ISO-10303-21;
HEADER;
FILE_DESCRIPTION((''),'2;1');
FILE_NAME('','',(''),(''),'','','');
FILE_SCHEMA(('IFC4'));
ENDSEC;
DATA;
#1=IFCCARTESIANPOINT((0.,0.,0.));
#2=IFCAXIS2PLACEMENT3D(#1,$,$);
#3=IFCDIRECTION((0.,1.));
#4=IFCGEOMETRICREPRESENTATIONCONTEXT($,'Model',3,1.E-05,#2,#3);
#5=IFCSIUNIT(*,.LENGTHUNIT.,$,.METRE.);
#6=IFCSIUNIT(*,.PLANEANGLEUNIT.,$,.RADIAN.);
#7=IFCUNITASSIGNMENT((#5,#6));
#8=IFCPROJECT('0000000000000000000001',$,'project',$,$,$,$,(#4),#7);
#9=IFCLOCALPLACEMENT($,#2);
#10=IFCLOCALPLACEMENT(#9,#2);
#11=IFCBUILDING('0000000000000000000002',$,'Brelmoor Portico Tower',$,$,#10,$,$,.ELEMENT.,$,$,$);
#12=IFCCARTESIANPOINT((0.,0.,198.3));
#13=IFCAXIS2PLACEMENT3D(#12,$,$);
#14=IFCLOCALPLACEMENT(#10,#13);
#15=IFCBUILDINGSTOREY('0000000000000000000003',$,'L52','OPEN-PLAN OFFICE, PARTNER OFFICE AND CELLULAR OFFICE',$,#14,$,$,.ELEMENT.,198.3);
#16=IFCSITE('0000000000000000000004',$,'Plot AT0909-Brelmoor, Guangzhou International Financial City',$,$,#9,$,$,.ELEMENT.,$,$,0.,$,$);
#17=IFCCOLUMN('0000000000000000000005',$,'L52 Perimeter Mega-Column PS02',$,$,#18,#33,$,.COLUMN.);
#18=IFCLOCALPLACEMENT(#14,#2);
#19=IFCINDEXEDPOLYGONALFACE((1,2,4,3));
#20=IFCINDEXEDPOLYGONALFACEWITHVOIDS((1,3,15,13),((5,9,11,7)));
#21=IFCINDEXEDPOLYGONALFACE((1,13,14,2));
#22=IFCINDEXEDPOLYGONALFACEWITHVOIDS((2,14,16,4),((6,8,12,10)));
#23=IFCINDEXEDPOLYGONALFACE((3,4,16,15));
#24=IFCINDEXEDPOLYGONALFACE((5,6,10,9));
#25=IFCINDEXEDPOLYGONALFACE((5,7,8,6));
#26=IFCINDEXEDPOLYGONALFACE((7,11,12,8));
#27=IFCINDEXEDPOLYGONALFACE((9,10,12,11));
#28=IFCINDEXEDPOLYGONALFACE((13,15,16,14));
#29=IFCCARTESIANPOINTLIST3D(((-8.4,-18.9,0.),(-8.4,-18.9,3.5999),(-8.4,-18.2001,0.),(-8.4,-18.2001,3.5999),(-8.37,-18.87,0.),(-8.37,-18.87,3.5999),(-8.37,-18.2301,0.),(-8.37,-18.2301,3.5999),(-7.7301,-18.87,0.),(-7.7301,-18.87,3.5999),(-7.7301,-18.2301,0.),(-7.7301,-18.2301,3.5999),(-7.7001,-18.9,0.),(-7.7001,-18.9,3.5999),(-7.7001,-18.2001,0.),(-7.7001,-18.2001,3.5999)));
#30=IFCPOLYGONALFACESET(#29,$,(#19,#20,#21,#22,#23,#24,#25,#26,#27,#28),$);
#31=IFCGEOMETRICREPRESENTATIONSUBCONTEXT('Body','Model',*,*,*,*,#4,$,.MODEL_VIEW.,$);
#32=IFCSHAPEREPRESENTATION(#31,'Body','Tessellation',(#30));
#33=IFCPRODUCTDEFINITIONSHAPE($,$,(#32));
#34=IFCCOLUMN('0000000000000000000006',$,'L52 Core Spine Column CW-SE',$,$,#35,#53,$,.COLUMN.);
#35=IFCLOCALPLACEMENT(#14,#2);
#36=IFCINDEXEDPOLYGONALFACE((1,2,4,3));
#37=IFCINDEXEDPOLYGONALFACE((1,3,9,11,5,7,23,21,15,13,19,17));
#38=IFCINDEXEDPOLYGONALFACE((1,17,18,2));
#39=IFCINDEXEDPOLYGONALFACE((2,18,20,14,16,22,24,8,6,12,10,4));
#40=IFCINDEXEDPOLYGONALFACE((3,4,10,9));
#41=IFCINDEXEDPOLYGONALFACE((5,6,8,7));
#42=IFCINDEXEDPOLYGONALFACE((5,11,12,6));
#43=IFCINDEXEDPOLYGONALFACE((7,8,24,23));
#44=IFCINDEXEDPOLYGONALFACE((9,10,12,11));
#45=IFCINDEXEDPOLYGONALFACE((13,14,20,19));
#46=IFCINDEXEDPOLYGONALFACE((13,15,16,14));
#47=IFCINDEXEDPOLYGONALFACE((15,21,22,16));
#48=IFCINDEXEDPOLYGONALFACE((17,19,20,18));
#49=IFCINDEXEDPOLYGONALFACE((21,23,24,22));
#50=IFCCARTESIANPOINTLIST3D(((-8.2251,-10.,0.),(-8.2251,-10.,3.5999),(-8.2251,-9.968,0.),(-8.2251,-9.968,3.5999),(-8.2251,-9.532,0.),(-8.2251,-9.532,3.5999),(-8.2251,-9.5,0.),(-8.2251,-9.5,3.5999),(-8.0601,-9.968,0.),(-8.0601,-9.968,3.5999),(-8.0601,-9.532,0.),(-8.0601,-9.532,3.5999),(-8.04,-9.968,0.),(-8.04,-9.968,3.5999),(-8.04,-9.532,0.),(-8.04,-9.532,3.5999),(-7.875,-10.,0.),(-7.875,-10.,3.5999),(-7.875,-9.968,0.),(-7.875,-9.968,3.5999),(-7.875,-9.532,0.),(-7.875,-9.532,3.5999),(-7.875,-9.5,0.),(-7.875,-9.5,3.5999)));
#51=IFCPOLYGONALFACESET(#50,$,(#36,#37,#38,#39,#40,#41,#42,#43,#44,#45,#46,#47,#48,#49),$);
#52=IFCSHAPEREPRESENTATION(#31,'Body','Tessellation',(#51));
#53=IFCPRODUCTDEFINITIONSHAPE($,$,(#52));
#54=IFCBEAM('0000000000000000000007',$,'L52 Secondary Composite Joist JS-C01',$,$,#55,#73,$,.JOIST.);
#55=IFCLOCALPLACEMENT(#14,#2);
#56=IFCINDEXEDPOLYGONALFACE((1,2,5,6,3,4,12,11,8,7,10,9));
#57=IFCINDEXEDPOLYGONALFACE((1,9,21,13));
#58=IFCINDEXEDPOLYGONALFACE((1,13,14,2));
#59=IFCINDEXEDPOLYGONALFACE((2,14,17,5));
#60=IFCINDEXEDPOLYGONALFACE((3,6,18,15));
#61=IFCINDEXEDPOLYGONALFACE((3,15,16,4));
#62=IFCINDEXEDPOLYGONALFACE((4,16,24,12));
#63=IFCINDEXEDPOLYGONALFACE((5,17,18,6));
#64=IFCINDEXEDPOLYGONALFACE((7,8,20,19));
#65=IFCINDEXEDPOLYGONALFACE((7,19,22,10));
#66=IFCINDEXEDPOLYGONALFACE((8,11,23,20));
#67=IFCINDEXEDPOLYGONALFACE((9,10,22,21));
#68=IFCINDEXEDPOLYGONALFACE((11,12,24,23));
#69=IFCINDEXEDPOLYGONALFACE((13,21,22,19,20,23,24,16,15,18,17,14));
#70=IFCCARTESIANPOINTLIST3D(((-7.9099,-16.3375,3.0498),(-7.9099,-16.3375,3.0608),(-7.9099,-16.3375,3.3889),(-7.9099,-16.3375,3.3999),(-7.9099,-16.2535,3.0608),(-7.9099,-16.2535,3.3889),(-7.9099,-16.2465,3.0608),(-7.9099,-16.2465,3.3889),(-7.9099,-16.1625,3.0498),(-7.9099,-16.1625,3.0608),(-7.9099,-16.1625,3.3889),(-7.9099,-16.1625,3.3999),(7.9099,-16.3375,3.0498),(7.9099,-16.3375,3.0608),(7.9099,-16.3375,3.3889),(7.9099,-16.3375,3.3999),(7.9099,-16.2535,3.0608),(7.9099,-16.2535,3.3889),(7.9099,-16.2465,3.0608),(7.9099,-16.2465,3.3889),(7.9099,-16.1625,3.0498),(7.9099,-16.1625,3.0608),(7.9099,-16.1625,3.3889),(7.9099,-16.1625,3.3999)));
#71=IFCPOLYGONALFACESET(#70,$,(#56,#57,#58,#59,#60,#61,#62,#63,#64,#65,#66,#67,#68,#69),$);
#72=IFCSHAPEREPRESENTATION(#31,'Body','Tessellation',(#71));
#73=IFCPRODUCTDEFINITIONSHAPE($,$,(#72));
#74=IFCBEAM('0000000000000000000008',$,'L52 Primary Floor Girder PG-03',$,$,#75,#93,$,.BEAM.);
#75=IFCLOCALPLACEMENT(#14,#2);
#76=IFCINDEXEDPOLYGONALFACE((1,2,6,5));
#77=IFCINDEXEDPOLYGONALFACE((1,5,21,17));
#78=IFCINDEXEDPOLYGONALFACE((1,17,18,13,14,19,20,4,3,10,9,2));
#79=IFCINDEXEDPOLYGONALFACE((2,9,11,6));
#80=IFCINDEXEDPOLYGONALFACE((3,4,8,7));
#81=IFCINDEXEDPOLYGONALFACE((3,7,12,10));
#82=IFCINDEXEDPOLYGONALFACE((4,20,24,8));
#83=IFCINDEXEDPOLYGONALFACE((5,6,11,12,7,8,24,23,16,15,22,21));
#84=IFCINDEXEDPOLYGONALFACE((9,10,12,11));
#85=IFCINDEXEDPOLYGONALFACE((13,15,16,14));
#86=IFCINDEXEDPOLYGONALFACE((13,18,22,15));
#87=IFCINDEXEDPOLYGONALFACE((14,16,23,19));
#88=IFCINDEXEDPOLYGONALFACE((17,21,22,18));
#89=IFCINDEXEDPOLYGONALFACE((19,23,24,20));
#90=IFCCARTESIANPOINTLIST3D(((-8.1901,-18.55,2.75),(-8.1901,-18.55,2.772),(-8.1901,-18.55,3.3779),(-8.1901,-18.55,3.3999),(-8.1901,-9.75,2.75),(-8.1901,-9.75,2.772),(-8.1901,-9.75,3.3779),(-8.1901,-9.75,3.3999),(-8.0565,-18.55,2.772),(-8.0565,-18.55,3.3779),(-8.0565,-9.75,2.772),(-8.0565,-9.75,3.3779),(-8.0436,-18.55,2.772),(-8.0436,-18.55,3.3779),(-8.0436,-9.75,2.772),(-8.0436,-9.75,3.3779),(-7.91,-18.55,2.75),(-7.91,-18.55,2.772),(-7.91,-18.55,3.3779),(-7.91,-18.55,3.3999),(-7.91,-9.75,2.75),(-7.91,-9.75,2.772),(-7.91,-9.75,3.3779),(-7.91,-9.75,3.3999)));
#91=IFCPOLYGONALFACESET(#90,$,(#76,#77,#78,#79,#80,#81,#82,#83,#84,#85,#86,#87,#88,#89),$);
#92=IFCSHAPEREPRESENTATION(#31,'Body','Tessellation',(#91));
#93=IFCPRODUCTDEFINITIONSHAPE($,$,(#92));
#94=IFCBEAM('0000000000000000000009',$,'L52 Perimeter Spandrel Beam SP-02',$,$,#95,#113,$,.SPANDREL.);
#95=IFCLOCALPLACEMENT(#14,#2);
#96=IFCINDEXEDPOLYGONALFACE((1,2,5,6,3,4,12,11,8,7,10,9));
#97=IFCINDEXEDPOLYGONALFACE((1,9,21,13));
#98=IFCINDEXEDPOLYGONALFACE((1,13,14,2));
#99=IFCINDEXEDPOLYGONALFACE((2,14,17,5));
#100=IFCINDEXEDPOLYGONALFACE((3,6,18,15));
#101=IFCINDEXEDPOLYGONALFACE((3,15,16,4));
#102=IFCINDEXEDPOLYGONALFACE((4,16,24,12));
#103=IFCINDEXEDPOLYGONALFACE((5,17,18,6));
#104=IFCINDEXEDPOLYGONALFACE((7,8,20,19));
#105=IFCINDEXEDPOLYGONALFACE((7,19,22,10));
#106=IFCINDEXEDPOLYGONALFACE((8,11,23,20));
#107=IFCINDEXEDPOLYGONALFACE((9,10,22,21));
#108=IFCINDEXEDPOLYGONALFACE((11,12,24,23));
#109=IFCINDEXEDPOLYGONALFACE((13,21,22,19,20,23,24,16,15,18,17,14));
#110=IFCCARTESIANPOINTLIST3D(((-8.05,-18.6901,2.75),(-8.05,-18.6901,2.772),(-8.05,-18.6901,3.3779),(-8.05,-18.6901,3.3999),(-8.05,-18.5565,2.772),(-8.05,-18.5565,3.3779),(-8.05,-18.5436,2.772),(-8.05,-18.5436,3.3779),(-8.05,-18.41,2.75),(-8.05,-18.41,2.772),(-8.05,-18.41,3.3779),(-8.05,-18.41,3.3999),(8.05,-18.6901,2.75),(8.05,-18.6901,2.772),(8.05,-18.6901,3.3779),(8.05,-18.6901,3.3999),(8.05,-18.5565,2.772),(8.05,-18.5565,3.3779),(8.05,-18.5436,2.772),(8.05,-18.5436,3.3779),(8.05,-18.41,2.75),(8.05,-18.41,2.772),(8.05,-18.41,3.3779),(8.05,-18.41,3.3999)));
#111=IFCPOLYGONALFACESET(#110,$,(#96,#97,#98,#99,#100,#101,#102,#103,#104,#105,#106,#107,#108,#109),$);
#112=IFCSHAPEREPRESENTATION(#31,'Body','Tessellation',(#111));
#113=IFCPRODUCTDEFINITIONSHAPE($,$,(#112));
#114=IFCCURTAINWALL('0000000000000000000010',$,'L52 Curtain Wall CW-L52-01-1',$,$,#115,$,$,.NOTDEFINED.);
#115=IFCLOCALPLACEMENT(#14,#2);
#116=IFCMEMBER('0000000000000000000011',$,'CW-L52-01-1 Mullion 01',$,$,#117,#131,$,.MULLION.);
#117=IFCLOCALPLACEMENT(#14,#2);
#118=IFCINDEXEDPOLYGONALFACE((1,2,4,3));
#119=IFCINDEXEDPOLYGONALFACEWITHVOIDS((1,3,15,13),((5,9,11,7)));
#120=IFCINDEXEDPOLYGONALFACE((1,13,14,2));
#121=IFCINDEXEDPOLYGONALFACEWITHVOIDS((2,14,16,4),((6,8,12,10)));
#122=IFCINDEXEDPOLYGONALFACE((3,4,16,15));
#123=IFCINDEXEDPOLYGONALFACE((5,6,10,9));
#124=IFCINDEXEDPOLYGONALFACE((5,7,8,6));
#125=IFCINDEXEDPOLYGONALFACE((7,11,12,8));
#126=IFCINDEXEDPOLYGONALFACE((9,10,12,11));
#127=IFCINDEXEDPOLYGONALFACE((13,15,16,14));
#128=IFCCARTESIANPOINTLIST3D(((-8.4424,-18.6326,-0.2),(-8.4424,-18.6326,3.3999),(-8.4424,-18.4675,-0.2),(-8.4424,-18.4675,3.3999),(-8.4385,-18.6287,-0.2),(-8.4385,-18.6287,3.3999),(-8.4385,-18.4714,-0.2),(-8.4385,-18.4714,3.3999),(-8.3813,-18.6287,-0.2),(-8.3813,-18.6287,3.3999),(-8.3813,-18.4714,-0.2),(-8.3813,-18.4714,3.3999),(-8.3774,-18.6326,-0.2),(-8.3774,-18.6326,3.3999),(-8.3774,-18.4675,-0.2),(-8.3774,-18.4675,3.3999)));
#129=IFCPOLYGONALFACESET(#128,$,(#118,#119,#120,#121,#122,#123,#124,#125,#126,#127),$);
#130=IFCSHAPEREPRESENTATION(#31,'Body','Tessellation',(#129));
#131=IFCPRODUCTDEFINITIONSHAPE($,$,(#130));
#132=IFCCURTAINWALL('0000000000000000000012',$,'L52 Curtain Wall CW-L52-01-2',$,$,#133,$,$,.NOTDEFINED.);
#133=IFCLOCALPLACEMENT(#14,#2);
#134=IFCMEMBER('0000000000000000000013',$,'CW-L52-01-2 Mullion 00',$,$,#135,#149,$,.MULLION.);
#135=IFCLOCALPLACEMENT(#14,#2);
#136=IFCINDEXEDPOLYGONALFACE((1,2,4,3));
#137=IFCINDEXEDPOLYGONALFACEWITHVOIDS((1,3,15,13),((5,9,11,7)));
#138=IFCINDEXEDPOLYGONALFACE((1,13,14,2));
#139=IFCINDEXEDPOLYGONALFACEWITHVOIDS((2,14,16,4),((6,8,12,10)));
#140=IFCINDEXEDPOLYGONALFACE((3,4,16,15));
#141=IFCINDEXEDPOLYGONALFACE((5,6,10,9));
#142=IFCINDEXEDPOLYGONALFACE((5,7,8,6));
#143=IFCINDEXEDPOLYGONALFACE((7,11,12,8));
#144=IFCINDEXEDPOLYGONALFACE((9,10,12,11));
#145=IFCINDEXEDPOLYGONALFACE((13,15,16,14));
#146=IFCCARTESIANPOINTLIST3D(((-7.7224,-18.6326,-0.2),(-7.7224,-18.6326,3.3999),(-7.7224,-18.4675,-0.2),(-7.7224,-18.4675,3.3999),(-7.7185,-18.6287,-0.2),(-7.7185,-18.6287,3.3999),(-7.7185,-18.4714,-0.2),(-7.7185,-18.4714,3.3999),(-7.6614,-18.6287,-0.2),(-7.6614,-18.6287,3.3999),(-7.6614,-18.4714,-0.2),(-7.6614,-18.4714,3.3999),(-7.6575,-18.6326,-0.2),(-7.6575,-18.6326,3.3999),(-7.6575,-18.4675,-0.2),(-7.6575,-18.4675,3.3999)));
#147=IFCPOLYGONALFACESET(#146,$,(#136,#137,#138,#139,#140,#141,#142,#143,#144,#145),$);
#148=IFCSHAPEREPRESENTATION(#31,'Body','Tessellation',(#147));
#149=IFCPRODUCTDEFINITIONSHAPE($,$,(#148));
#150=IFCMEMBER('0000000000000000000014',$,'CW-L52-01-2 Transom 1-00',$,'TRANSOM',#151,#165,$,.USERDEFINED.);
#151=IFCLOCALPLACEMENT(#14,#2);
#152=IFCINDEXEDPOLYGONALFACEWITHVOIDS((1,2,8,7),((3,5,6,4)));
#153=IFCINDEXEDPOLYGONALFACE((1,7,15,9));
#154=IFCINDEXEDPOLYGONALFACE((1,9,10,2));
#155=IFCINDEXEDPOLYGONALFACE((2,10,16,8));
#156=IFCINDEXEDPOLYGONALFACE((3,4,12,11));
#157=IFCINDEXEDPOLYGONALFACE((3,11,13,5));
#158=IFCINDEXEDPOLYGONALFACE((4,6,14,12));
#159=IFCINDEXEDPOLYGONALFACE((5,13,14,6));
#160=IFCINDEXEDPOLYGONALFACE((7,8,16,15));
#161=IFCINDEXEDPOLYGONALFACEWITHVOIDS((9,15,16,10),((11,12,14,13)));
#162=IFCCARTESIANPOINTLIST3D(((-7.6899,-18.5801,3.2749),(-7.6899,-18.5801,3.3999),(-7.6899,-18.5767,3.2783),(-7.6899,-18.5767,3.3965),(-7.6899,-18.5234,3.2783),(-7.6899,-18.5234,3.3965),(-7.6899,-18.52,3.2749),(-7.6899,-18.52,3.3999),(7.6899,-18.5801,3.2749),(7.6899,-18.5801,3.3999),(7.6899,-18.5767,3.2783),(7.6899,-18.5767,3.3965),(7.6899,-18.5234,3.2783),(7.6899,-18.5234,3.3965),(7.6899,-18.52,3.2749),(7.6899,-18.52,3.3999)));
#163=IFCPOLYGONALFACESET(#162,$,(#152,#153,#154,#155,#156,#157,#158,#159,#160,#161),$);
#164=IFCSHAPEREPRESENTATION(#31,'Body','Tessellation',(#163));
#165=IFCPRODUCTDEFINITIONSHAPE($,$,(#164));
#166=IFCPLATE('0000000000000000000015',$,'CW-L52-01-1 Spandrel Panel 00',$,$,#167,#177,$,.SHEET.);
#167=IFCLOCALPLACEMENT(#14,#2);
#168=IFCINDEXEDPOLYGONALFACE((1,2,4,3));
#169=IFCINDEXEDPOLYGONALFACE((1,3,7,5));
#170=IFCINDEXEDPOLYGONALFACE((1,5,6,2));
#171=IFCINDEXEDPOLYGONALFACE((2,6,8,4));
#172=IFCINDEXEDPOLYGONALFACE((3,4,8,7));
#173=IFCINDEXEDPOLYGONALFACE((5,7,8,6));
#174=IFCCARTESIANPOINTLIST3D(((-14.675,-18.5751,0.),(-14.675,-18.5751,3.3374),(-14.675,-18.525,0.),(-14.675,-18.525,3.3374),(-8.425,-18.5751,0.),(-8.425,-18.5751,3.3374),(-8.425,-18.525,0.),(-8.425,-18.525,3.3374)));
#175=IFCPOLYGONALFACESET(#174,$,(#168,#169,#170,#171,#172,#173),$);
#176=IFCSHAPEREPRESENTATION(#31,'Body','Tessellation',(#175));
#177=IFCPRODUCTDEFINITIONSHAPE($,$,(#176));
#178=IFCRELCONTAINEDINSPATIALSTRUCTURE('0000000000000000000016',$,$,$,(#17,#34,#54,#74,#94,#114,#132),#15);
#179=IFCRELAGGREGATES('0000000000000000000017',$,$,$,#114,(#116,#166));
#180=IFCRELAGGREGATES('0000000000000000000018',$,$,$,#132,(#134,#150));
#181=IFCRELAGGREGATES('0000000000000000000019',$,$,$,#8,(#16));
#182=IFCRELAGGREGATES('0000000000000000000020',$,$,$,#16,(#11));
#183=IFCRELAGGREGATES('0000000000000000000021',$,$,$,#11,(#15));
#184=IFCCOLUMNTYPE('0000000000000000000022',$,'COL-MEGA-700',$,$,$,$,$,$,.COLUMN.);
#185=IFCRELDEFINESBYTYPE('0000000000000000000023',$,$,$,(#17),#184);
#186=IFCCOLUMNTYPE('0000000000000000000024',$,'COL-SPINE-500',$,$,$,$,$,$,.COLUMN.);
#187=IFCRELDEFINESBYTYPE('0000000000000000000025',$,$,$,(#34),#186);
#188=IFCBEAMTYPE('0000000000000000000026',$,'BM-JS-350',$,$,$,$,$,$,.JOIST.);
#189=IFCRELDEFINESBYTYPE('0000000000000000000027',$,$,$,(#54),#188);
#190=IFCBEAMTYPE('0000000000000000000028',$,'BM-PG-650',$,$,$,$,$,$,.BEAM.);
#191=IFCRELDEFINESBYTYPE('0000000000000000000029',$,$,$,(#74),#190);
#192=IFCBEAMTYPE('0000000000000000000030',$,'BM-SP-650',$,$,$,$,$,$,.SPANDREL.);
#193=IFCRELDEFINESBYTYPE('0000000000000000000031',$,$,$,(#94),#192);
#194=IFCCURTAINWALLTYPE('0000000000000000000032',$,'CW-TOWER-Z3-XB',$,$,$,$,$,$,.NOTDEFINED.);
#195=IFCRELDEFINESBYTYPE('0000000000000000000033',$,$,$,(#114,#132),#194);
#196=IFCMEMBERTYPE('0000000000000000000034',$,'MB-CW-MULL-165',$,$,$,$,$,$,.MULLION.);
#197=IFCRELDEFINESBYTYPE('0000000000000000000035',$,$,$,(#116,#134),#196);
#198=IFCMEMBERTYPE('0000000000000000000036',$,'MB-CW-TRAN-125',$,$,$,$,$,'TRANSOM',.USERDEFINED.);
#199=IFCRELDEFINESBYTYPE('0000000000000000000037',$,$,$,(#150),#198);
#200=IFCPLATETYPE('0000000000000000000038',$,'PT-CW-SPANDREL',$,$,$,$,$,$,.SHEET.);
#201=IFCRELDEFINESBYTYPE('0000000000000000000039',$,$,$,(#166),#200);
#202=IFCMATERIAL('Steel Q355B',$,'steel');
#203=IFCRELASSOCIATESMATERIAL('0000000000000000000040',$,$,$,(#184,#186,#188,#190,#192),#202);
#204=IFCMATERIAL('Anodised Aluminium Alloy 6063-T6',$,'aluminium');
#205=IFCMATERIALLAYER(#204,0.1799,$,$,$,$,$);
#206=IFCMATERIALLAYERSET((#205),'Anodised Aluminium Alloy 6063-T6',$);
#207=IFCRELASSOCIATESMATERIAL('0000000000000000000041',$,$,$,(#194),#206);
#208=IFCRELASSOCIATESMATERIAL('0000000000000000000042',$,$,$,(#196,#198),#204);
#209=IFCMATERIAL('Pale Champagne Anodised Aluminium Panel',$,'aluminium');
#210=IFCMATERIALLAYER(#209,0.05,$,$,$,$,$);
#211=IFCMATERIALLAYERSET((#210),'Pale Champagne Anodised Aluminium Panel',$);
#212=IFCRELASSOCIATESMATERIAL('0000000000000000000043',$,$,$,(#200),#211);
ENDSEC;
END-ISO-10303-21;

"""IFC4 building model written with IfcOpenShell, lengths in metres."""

from ifc_helpers import new_model, si_unit, direction, frame, origin, origin_2d, place, context, subcontext, project, spatial, rectangle, hollow_rectangle, i_section, extrude, material, layer, layer_set, material_profile, profile_set, type_object, element, aggregate, save


model = new_model("IFC4")

# Units and contexts
model_context = context("Model", 3, precision=1e-05, world=origin(), true_north=direction((0.0, 1.0)))
body_context = subcontext(model_context, "Body", "Model", "MODEL_VIEW")
ifc_project = project(units=[si_unit("LENGTHUNIT", "METRE"), si_unit("PLANEANGLEUNIT", "RADIAN")], contexts=[model_context])

# Site, building, storey
site_placement = place(None, origin())
site = spatial("IfcSite", under=ifc_project, at=site_placement, Name="Plot AT0909-Brelmoor, Guangzhou International Financial City", CompositionType="ELEMENT", RefElevation=0.0)
building_placement = place(site_placement, origin())
building = spatial("IfcBuilding", under=site, at=building_placement, Name="Brelmoor Portico Tower", CompositionType="ELEMENT")
storey_placement = place(building_placement, frame((0.0, 0.0, 198.3)))
storey = spatial("IfcBuildingStorey", under=building, at=storey_placement, Name="L52", Description="OPEN-PLAN OFFICE, PARTNER OFFICE AND CELLULAR OFFICE", CompositionType="ELEMENT", Elevation=198.3)

# Columns
ifc_material_1 = material(Name="Steel Q355B", Category="steel")
ifc_material_profile_1 = material_profile(ifc_material_1, hollow_rectangle(XDim=0.7, YDim=0.7, WallThickness=0.03, at=origin_2d()), Name="BOX 700x700x30")
ifc_profile_set_1 = profile_set([ifc_material_profile_1], Name="Steel Q355B")
column_type_1 = type_object("IfcColumnType", Name="COL-MEGA-700", PredefinedType="COLUMN", material=ifc_profile_set_1)
column_1_placement = place(storey_placement, frame((-8.05, -18.55, 0.0), z_axis=(0.0, 0.0, 1.0), x_axis=(1.0, 0.0, 0.0)))
element("IfcColumn", 1, at=column_1_placement, inside=storey, type_object=column_type_1, Name="L52 Perimeter Mega-Column PS02", PredefinedType="COLUMN", context=body_context, shape_type="SweptSolid", body=[
    extrude(hollow_rectangle(XDim=0.7, YDim=0.7, WallThickness=0.03, at=origin_2d()), origin(), (0.0, 0.0, 1.0), 3.5999),
])
ifc_material_profile_2 = material_profile(ifc_material_1, i_section(OverallWidth=0.3501, OverallDepth=0.5, WebThickness=0.02, FlangeThickness=0.032, at=origin_2d()), Name="HW 500x350x20x32")
ifc_profile_set_2 = profile_set([ifc_material_profile_2], Name="Steel Q355B")
column_type_2 = type_object("IfcColumnType", Name="COL-SPINE-500", PredefinedType="COLUMN", material=ifc_profile_set_2)
column_2_placement = place(storey_placement, frame((-8.05, -9.75, 0.0), z_axis=(0.0, 0.0, 1.0), x_axis=(1.0, 0.0, 0.0)))
element("IfcColumn", 2, at=column_2_placement, inside=storey, type_object=column_type_2, Name="L52 Core Spine Column CW-SE", PredefinedType="COLUMN", context=body_context, shape_type="SweptSolid", body=[
    extrude(i_section(OverallWidth=0.3501, OverallDepth=0.5, WebThickness=0.02, FlangeThickness=0.032, at=origin_2d()), origin(), (0.0, 0.0, 1.0), 3.5999),
])

# Beams
ifc_material_profile_3 = material_profile(ifc_material_1, i_section(OverallWidth=0.175, OverallDepth=0.3501, WebThickness=0.0071, FlangeThickness=0.011, at=origin_2d()), Name="HN 350x175x7x11")
ifc_profile_set_3 = profile_set([ifc_material_profile_3], Name="Steel Q355B")
beam_type_1 = type_object("IfcBeamType", Name="BM-JS-350", PredefinedType="JOIST", material=ifc_profile_set_3)
beam_1_placement = place(storey_placement, frame((-7.9099, -16.25, 3.2249), z_axis=(1.0, 0.0, 0.0), x_axis=(0.0, 1.0, 0.0)))
element("IfcBeam", 3, at=beam_1_placement, inside=storey, type_object=beam_type_1, Name="L52 Secondary Composite Joist JS-C01", PredefinedType="JOIST", context=body_context, shape_type="SweptSolid", body=[
    extrude(i_section(OverallWidth=0.175, OverallDepth=0.3501, WebThickness=0.0071, FlangeThickness=0.011, at=origin_2d()), origin(), (0.0, 0.0, 1.0), 15.8198),
])
ifc_material_profile_4 = material_profile(ifc_material_1, i_section(OverallWidth=0.28, OverallDepth=0.6499, WebThickness=0.0129, FlangeThickness=0.022, at=origin_2d()), Name="HN 650x280x13x22")
ifc_profile_set_4 = profile_set([ifc_material_profile_4], Name="Steel Q355B")
beam_type_2 = type_object("IfcBeamType", Name="BM-PG-650", PredefinedType="BEAM", material=ifc_profile_set_4)
beam_2_placement = place(storey_placement, frame((-8.05, -18.55, 3.075), z_axis=(0.0, 1.0, 0.0), x_axis=(-1.0, 0.0, 0.0)))
element("IfcBeam", 4, at=beam_2_placement, inside=storey, type_object=beam_type_2, Name="L52 Primary Floor Girder PG-03", PredefinedType="BEAM", context=body_context, shape_type="SweptSolid", body=[
    extrude(i_section(OverallWidth=0.28, OverallDepth=0.6499, WebThickness=0.0129, FlangeThickness=0.022, at=origin_2d()), origin(), (0.0, 0.0, 1.0), 8.8),
])
ifc_material_profile_5 = material_profile(ifc_material_1, i_section(OverallWidth=0.28, OverallDepth=0.6499, WebThickness=0.0129, FlangeThickness=0.022, at=origin_2d()), Name="HN 650x280x13x22")
ifc_profile_set_5 = profile_set([ifc_material_profile_5], Name="Steel Q355B")
beam_type_3 = type_object("IfcBeamType", Name="BM-SP-650", PredefinedType="SPANDREL", material=ifc_profile_set_5)
beam_3_placement = place(storey_placement, frame((-8.05, -18.55, 3.075), z_axis=(1.0, 0.0, 0.0), x_axis=(0.0, 1.0, 0.0)))
element("IfcBeam", 5, at=beam_3_placement, inside=storey, type_object=beam_type_3, Name="L52 Perimeter Spandrel Beam SP-02", PredefinedType="SPANDREL", context=body_context, shape_type="SweptSolid", body=[
    extrude(i_section(OverallWidth=0.28, OverallDepth=0.6499, WebThickness=0.0129, FlangeThickness=0.022, at=origin_2d()), origin(), (0.0, 0.0, 1.0), 16.1001),
])

# Curtain wall, member
ifc_material_2 = material(Name="Anodised Aluminium Alloy 6063-T6", Category="aluminium")
ifc_layer_1 = layer(ifc_material_2, 0.1799)
ifc_layer_set_1 = layer_set([ifc_layer_1], Name="Anodised Aluminium Alloy 6063-T6")
curtain_wall_type = type_object("IfcCurtainWallType", Name="CW-TOWER-Z3-XB", PredefinedType="NOTDEFINED", material=ifc_layer_set_1)
curtain_wall_1_placement = place(storey_placement, origin())
curtain_wall_1 = element("IfcCurtainWall", 6, at=curtain_wall_1_placement, inside=storey, type_object=curtain_wall_type, Name="L52 Curtain Wall CW-L52-01-1", PredefinedType="NOTDEFINED")
ifc_material_profile_6 = material_profile(ifc_material_2, hollow_rectangle(XDim=0.0649, YDim=0.165, WallThickness=0.0039, at=origin_2d()), Name="ALU MULLION 65x165")
ifc_profile_set_6 = profile_set([ifc_material_profile_6], Name="Anodised Aluminium Alloy 6063-T6")
member_type_1 = type_object("IfcMemberType", Name="MB-CW-MULL-165", PredefinedType="MULLION", material=ifc_profile_set_6)
member_1_placement = place(storey_placement, frame((-8.4099, -18.55, -0.2), z_axis=(0.0, 0.0, 1.0), x_axis=(1.0, 0.0, 0.0)))
member_1 = element("IfcMember", 7, at=member_1_placement, type_object=member_type_1, Name="CW-L52-01-1 Mullion 01", PredefinedType="MULLION", context=body_context, shape_type="SweptSolid", body=[
    extrude(hollow_rectangle(XDim=0.0649, YDim=0.165, WallThickness=0.0039, at=origin_2d()), origin(), (0.0, 0.0, 1.0), 3.5999),
])

# Curtain wall, members
curtain_wall_2_placement = place(storey_placement, origin())
curtain_wall_2 = element("IfcCurtainWall", 8, at=curtain_wall_2_placement, inside=storey, type_object=curtain_wall_type, Name="L52 Curtain Wall CW-L52-01-2", PredefinedType="NOTDEFINED")
member_2_placement = place(storey_placement, frame((-7.6899, -18.55, -0.2), z_axis=(0.0, 0.0, 1.0), x_axis=(1.0, 0.0, 0.0)))
member_2 = element("IfcMember", 9, at=member_2_placement, type_object=member_type_1, Name="CW-L52-01-2 Mullion 00", PredefinedType="MULLION", context=body_context, shape_type="SweptSolid", body=[
    extrude(hollow_rectangle(XDim=0.0649, YDim=0.165, WallThickness=0.0039, at=origin_2d()), origin(), (0.0, 0.0, 1.0), 3.5999),
])
ifc_material_profile_7 = material_profile(ifc_material_2, hollow_rectangle(XDim=0.0601, YDim=0.125, WallThickness=0.0034, at=origin_2d()), Name="ALU TRANSOM 60x125")
ifc_profile_set_7 = profile_set([ifc_material_profile_7], Name="Anodised Aluminium Alloy 6063-T6")
member_type_2 = type_object("IfcMemberType", Name="MB-CW-TRAN-125", ElementType="TRANSOM", PredefinedType="USERDEFINED", material=ifc_profile_set_7)
member_3_placement = place(storey_placement, frame((-7.6899, -18.55, 3.3374), z_axis=(1.0, 0.0, 0.0), x_axis=(0.0, 1.0, 0.0)))
member_3 = element("IfcMember", 10, at=member_3_placement, type_object=member_type_2, Name="CW-L52-01-2 Transom 1-00", ObjectType="TRANSOM", PredefinedType="USERDEFINED", context=body_context, shape_type="SweptSolid", body=[
    extrude(hollow_rectangle(XDim=0.0601, YDim=0.125, WallThickness=0.0034, at=origin_2d()), origin(), (0.0, 0.0, 1.0), 15.3799),
])

# Plate
ifc_material_3 = material(Name="Pale Champagne Anodised Aluminium Panel", Category="aluminium")
ifc_layer_2 = layer(ifc_material_3, 0.05)
ifc_layer_set_2 = layer_set([ifc_layer_2], Name="Pale Champagne Anodised Aluminium Panel")
plate_type_1 = type_object("IfcPlateType", Name="PT-CW-SPANDREL", PredefinedType="SHEET", material=ifc_layer_set_2)
plate_1_placement = place(storey_placement, frame((-11.55, -18.55, 0.0), z_axis=(0.0, 0.0, 1.0), x_axis=(1.0, 0.0, 0.0)))
plate_1 = element("IfcPlate", 11, at=plate_1_placement, type_object=plate_type_1, Name="CW-L52-01-1 Spandrel Panel 00", PredefinedType="SHEET", context=body_context, shape_type="SweptSolid", body=[
    extrude(rectangle(XDim=6.25, YDim=0.05, at=origin_2d()), origin(), (0.0, 0.0, 1.0), 3.3374),
])
aggregate(curtain_wall_1, [member_1, plate_1])
aggregate(curtain_wall_2, [member_2, member_3])

save(model, "model.ifc")
